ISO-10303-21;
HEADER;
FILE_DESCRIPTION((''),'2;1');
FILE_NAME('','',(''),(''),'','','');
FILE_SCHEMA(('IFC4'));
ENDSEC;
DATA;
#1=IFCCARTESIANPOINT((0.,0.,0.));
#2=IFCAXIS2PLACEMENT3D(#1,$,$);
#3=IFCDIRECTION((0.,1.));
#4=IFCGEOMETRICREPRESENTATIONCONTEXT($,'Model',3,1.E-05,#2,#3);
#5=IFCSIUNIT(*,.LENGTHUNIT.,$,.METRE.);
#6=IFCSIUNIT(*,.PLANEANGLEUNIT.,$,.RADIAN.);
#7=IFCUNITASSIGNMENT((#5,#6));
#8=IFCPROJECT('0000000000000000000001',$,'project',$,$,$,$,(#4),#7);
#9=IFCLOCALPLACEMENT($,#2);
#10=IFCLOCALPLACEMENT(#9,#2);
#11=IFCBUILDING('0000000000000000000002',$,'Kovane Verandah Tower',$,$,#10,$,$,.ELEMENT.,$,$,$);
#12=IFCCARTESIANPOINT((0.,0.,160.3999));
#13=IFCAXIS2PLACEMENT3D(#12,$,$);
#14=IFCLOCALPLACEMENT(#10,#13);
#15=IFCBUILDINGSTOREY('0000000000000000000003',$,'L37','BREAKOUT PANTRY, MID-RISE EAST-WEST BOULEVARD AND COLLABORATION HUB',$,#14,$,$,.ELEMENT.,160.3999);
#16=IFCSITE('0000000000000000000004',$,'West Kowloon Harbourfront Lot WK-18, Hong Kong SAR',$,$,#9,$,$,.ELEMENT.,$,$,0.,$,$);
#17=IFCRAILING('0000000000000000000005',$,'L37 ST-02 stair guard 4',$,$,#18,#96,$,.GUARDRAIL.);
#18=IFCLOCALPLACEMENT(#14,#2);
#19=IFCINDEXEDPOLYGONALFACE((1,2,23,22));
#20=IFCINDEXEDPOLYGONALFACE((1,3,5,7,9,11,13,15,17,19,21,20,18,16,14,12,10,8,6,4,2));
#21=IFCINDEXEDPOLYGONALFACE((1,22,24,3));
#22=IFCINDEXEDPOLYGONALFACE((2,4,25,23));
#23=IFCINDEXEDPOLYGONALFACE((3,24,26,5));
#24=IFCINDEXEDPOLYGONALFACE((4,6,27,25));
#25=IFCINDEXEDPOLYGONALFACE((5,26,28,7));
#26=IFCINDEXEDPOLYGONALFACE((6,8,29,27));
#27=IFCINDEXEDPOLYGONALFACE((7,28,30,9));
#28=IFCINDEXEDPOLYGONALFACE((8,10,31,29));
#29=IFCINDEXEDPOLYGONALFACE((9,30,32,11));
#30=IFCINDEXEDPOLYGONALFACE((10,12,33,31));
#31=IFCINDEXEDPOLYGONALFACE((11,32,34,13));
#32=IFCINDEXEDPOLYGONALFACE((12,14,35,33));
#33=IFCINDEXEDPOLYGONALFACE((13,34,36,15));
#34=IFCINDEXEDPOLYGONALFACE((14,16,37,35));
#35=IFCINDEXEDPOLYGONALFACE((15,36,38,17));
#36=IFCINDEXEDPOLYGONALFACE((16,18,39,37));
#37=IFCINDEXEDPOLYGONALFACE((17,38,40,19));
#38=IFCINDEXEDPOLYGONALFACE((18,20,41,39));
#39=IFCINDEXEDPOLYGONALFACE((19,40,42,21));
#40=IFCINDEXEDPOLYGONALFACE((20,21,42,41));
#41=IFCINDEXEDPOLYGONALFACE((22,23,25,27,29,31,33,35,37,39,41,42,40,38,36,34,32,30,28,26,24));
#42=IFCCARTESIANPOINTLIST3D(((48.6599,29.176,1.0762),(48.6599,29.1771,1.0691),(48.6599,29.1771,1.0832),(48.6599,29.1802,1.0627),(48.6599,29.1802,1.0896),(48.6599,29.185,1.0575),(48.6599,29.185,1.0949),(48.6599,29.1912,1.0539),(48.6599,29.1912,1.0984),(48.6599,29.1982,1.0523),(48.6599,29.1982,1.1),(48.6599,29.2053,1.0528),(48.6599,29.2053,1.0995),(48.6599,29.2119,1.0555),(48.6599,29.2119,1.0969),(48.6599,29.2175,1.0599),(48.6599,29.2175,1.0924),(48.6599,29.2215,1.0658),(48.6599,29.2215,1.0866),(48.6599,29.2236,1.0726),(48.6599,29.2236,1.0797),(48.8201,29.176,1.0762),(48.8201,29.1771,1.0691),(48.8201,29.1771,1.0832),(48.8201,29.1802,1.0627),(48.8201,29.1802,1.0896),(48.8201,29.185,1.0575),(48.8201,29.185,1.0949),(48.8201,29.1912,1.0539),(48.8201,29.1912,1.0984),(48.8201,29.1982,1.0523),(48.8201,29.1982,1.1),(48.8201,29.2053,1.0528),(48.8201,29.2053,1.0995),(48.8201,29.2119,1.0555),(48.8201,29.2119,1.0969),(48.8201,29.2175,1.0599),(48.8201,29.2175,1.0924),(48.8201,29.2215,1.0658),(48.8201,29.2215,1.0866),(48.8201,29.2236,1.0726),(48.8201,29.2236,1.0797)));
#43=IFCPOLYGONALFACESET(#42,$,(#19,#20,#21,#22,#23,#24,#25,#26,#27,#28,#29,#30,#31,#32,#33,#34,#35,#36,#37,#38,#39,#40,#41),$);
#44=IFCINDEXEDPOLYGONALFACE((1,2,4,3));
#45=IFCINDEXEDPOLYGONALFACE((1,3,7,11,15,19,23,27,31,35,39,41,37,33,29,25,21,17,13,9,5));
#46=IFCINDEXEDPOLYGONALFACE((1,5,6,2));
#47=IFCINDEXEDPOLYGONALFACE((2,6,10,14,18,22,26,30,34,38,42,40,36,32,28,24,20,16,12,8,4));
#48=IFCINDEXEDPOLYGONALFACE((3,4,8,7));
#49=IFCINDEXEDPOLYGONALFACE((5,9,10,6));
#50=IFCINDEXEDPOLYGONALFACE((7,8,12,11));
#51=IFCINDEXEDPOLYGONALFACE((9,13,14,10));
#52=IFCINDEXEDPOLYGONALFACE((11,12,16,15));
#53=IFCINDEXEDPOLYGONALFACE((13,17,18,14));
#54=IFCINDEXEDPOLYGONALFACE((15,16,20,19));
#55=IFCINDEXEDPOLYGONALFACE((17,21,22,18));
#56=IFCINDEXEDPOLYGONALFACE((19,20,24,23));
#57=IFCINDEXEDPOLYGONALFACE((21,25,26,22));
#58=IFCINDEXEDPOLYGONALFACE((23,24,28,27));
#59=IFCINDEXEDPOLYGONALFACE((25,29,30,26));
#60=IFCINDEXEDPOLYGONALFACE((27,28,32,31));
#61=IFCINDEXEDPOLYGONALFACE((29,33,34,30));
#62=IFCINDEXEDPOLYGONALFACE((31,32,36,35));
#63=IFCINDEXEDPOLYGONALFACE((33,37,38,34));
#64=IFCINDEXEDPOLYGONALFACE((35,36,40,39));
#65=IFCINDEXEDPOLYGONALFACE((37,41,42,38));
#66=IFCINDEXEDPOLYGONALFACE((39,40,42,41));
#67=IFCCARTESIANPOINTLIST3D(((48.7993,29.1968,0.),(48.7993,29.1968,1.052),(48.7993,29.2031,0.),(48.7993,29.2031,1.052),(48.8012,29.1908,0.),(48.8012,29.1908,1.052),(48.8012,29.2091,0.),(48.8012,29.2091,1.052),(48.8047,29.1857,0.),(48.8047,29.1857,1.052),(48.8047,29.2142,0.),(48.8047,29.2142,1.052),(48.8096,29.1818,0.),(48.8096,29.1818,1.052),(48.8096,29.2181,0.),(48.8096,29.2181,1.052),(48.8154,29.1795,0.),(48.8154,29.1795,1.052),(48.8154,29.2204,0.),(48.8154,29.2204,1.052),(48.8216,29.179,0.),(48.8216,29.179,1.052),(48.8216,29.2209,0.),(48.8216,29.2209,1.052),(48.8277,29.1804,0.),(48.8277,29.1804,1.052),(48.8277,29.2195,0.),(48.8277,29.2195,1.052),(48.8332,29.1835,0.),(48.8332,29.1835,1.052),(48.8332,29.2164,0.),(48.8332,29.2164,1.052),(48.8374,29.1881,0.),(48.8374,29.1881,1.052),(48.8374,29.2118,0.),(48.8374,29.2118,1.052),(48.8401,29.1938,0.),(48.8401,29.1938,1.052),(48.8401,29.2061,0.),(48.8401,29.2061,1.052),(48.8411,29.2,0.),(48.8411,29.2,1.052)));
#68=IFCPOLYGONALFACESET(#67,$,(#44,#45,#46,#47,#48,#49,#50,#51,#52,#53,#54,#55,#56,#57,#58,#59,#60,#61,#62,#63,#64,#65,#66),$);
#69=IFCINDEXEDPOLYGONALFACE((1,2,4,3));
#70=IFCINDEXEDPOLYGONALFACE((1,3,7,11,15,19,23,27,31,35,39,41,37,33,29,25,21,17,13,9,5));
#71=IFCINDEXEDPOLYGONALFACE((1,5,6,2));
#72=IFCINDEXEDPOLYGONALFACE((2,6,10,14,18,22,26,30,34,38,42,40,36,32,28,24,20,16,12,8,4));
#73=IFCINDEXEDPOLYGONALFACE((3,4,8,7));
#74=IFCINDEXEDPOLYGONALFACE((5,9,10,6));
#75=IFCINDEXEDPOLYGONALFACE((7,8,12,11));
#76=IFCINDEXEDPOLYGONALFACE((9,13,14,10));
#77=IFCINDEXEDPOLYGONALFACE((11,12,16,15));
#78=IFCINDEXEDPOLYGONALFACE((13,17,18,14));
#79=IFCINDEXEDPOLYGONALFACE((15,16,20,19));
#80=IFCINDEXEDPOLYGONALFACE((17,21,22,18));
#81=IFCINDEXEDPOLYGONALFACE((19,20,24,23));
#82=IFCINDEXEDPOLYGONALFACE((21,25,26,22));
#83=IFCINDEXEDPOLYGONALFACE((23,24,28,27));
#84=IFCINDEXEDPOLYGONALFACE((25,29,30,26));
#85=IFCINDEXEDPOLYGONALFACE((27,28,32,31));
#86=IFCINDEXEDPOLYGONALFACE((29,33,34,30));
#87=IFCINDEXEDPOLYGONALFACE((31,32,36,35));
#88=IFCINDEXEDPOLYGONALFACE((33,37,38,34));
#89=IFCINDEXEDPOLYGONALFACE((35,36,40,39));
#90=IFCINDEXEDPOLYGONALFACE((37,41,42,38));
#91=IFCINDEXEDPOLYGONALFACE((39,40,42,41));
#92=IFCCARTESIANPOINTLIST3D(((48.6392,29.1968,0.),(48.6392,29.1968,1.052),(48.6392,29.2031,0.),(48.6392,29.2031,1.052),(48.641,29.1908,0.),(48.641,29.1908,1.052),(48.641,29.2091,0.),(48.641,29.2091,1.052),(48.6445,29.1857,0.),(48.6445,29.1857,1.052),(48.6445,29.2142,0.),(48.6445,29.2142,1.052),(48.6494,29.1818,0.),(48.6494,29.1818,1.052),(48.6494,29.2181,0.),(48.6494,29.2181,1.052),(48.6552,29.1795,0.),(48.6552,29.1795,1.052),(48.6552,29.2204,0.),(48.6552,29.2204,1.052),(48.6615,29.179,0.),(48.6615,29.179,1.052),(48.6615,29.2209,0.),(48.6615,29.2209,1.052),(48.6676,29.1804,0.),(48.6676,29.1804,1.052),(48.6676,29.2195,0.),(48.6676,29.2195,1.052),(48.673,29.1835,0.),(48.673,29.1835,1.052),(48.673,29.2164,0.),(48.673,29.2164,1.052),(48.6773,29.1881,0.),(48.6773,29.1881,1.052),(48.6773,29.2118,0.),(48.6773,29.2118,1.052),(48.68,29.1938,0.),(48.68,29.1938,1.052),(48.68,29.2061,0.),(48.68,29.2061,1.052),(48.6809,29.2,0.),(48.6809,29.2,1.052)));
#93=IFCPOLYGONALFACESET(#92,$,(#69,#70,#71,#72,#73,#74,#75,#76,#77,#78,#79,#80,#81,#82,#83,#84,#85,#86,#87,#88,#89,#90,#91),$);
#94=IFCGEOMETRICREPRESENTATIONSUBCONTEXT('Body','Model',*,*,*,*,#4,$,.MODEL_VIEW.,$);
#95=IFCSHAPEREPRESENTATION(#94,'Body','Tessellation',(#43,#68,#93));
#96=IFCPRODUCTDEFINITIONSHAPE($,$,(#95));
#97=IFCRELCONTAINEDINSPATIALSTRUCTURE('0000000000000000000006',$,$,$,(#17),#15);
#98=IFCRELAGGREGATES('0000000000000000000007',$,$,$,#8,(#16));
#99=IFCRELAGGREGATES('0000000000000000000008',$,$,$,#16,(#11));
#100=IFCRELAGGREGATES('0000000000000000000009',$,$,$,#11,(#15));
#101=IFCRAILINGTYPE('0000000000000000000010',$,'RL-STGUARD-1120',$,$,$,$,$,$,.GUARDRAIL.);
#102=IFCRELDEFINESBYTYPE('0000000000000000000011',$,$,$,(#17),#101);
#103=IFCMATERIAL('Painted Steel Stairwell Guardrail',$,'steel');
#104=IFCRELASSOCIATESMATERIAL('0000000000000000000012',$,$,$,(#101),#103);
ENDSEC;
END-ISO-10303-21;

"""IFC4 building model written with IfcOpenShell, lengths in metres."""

from ifc_helpers import new_model, si_unit, direction, frame, origin, origin_2d, place, context, subcontext, project, spatial, circle, extrude, material, type_object, element, save


model = new_model("IFC4")

# Units and contexts
model_context = context("Model", 3, precision=1e-05, world=origin(), true_north=direction((0.0, 1.0)))
body_context = subcontext(model_context, "Body", "Model", "MODEL_VIEW")
ifc_project = project(units=[si_unit("LENGTHUNIT", "METRE"), si_unit("PLANEANGLEUNIT", "RADIAN")], contexts=[model_context])

# Site, building, storey
site_placement = place(None, origin())
site = spatial("IfcSite", under=ifc_project, at=site_placement, Name="West Kowloon Harbourfront Lot WK-18, Hong Kong SAR", CompositionType="ELEMENT", RefElevation=0.0)
building_placement = place(site_placement, origin())
building = spatial("IfcBuilding", under=site, at=building_placement, Name="Kovane Verandah Tower", CompositionType="ELEMENT")
storey_placement = place(building_placement, frame((0.0, 0.0, 160.3999)))
storey = spatial("IfcBuildingStorey", under=building, at=storey_placement, Name="L37", Description="BREAKOUT PANTRY, MID-RISE EAST-WEST BOULEVARD AND COLLABORATION HUB", CompositionType="ELEMENT", Elevation=160.3999)

# Railing
ifc_material_1 = material(Name="Painted Steel Stairwell Guardrail", Category="steel")
railing_type = type_object("IfcRailingType", Name="RL-STGUARD-1120", PredefinedType="GUARDRAIL", material=ifc_material_1)
railing_1_placement = place(storey_placement, frame((48.8201, 29.2, 0.0)))
element("IfcRailing", 1, at=railing_1_placement, inside=storey, type_object=railing_type, Name="L37 ST-02 stair guard 4", PredefinedType="GUARDRAIL", context=body_context, shape_type="SweptSolid", body=[
    extrude(circle(Radius=0.0239, at=origin_2d()), frame((0.0, 0.0, 1.0762), z_axis=(-1.0, 0.0, 0.0), x_axis=(0.0, -1.0, 0.0)), (0.0, 0.0, 1.0), 0.1602),
    extrude(circle(Radius=0.021, at=origin_2d()), origin(), (0.0, 0.0, 1.0), 1.052),
    extrude(circle(Radius=0.021, at=origin_2d()), frame((-0.1602, 0.0, 0.0)), (0.0, 0.0, 1.0), 1.052),
])

save(model, "model.ifc")
